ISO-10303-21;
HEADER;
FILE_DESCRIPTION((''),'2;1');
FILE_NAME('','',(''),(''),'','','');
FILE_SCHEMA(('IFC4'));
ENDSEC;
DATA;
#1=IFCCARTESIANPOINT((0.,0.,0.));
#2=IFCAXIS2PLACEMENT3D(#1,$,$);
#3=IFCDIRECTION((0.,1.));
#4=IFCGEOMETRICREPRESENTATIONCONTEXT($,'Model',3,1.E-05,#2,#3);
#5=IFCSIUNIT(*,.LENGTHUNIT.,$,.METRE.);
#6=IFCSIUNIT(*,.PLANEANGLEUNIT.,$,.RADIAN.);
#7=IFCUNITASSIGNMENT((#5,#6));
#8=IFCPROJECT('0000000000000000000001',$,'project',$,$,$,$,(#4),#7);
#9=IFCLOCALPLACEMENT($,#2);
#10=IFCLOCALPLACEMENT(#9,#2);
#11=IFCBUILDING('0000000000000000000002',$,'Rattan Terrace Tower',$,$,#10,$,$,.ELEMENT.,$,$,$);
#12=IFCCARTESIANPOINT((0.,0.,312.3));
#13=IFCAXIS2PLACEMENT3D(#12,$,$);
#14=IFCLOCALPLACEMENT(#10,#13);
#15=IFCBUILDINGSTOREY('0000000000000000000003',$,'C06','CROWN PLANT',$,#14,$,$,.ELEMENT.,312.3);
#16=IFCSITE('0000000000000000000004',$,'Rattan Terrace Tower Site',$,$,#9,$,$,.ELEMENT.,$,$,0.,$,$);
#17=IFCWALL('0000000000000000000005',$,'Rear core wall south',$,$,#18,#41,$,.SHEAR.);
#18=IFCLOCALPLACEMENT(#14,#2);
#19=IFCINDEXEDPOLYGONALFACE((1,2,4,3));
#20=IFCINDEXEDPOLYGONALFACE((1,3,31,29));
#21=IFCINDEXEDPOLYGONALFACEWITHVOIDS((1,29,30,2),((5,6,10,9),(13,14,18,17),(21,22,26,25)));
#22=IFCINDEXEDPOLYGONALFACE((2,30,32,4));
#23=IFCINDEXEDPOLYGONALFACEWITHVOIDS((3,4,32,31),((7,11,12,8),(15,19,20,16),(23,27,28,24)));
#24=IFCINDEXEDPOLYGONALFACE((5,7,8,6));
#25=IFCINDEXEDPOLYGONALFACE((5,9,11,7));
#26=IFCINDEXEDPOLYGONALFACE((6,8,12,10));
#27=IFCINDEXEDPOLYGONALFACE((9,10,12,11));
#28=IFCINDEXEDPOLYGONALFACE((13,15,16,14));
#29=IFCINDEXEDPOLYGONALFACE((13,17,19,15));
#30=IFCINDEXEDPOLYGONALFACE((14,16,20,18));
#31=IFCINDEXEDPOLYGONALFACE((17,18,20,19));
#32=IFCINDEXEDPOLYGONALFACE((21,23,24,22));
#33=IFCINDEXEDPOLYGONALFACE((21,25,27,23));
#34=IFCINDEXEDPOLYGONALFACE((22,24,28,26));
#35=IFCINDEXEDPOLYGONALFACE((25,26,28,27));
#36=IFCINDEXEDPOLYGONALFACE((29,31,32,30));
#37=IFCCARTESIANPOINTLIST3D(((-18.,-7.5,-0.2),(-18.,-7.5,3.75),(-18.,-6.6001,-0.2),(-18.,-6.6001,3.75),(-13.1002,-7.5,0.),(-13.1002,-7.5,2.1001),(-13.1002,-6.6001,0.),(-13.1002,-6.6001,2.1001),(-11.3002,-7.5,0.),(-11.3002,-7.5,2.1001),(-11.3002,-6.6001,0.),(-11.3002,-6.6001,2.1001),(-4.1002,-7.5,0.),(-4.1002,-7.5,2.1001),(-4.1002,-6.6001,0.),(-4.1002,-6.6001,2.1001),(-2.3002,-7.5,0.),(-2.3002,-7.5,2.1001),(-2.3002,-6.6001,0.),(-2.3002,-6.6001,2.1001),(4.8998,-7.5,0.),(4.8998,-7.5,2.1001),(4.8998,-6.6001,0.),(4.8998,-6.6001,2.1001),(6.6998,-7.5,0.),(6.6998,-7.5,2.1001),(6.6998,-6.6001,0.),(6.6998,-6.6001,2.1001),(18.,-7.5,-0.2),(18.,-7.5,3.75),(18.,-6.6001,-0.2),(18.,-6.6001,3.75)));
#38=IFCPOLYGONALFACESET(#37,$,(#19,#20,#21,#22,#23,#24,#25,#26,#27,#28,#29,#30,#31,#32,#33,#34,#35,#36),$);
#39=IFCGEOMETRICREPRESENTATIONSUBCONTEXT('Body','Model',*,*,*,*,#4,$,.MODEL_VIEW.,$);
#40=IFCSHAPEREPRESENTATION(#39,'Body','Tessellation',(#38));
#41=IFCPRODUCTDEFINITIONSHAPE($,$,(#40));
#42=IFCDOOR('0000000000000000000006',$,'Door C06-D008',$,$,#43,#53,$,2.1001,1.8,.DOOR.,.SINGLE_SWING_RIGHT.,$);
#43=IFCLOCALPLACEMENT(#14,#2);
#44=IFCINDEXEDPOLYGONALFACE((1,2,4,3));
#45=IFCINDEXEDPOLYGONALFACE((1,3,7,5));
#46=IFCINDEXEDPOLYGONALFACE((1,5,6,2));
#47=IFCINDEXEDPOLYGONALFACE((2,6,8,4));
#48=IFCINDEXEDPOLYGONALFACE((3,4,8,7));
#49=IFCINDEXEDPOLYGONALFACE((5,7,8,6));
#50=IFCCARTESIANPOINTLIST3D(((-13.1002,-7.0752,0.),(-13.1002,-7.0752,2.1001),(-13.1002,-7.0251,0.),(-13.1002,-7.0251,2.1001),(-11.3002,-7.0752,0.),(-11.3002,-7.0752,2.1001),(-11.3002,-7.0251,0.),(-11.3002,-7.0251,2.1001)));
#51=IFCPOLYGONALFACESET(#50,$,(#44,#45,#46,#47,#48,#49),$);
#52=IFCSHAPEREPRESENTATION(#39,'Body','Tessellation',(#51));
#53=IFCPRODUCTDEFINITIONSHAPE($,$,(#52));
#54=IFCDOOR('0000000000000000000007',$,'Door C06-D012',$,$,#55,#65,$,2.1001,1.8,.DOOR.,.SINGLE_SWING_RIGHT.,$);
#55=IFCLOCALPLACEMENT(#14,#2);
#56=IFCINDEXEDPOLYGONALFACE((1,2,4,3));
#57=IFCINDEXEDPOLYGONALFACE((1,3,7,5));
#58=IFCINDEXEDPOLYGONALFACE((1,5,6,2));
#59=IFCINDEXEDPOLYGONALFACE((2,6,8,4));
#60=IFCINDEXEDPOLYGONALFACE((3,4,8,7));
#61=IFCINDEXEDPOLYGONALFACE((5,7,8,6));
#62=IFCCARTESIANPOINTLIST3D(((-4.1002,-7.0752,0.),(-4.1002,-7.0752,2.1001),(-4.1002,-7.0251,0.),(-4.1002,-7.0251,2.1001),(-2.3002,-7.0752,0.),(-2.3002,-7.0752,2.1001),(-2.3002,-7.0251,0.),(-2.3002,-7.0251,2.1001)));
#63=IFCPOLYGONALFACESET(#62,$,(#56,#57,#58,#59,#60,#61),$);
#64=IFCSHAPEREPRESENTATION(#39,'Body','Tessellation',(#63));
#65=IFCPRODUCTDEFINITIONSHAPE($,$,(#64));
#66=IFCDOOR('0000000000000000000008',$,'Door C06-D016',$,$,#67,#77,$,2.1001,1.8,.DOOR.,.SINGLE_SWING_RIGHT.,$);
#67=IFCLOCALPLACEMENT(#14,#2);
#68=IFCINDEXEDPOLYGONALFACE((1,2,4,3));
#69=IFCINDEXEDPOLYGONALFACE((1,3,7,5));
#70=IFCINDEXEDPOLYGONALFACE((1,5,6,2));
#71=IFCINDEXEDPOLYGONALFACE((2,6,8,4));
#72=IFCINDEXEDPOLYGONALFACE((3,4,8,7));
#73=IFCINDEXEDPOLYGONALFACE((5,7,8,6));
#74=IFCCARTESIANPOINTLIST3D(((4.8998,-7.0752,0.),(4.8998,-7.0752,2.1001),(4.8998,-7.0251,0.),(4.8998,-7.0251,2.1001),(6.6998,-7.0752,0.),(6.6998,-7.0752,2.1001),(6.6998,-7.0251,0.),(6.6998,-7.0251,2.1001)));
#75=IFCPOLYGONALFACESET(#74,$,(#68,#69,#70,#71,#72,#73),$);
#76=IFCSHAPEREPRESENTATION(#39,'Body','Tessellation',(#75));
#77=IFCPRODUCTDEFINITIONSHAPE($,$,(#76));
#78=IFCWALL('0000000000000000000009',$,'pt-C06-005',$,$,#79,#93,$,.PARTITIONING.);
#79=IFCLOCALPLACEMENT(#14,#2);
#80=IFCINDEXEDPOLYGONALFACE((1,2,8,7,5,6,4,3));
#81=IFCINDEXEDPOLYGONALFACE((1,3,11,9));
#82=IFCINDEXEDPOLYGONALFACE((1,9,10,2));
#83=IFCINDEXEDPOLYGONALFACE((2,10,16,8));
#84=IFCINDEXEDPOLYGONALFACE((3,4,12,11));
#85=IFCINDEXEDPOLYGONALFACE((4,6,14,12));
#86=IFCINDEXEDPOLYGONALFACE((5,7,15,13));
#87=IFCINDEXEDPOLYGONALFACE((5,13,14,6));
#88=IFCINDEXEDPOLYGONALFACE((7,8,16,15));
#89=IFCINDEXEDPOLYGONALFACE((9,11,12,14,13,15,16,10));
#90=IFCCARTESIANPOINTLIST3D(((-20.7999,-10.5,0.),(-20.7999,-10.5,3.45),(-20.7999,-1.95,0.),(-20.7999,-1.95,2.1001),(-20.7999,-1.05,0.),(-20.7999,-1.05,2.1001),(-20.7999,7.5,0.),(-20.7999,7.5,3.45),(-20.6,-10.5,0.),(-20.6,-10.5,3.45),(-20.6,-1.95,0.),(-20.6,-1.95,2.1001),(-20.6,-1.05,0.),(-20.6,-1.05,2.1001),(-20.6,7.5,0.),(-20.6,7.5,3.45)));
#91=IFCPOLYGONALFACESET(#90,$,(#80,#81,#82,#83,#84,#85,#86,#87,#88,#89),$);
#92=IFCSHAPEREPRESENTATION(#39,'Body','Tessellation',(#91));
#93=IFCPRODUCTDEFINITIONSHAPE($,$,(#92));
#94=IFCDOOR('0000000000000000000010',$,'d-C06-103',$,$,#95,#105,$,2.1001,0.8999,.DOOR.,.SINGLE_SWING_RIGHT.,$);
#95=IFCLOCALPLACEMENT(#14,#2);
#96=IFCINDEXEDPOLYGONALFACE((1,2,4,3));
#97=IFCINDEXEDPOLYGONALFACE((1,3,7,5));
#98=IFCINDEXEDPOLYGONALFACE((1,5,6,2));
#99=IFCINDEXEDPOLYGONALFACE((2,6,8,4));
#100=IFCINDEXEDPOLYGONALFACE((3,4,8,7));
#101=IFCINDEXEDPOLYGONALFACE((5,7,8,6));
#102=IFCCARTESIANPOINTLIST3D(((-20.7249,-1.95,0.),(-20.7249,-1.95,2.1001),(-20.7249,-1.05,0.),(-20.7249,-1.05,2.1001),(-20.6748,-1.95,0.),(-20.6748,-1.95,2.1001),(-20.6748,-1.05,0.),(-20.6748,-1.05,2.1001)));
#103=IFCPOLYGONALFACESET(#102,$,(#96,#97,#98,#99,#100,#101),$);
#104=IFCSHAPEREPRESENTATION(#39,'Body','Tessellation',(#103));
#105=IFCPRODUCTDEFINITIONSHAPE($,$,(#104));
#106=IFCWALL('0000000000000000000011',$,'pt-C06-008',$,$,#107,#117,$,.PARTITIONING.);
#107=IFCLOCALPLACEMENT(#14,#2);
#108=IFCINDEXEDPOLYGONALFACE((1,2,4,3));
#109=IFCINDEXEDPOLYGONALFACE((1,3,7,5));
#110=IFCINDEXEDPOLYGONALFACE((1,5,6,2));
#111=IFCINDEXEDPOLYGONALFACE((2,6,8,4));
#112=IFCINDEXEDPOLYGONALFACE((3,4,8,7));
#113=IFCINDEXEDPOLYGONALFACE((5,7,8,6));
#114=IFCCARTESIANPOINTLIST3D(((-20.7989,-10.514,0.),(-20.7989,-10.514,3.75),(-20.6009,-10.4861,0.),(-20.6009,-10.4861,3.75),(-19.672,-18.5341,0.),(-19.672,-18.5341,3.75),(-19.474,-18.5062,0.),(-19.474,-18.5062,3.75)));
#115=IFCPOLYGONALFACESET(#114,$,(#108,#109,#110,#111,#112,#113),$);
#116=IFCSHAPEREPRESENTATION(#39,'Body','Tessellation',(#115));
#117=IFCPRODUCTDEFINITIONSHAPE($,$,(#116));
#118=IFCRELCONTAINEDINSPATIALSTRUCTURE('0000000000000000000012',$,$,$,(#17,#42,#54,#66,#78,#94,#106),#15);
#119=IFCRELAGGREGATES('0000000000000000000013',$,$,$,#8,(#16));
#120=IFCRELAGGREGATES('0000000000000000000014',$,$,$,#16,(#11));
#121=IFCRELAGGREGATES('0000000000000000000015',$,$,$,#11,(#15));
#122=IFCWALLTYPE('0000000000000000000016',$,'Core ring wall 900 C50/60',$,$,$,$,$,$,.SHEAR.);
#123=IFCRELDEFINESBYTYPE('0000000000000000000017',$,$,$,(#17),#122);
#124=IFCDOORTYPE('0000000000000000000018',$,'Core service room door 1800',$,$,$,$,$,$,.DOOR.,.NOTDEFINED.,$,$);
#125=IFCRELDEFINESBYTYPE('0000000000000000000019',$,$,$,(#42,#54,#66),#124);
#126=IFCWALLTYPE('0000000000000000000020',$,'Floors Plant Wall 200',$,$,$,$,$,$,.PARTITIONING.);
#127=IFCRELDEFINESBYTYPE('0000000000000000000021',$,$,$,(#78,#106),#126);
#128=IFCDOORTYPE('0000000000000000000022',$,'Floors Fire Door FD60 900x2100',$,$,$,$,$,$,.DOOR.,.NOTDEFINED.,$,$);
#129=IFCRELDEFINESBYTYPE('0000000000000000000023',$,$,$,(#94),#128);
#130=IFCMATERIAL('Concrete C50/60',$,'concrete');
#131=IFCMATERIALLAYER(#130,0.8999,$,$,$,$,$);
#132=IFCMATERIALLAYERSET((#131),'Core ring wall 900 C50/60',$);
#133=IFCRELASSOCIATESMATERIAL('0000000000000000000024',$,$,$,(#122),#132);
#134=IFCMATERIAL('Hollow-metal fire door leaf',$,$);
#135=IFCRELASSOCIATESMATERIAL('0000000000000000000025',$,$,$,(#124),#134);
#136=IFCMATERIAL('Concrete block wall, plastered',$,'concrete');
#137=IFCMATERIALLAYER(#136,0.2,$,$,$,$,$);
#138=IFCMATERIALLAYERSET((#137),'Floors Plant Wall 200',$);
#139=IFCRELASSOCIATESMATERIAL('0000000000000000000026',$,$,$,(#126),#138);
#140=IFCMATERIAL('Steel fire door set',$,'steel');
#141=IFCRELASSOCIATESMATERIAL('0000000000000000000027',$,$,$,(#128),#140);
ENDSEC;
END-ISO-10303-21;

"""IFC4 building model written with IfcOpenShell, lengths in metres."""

from ifc_helpers import new_model, si_unit, direction, frame, frame_2d, origin, place, context, subcontext, project, spatial, rectangle, extrude, material, layer, layer_set, type_object, element, fill, save


model = new_model("IFC4")

# Units and contexts
model_context = context("Model", 3, precision=1e-05, world=origin(), true_north=direction((0.0, 1.0)))
body_context = subcontext(model_context, "Body", "Model", "MODEL_VIEW")
ifc_project = project(units=[si_unit("LENGTHUNIT", "METRE"), si_unit("PLANEANGLEUNIT", "RADIAN")], contexts=[model_context])

# Site, building, storey
site_placement = place(None, origin())
site = spatial("IfcSite", under=ifc_project, at=site_placement, Name="Rattan Terrace Tower Site", CompositionType="ELEMENT", RefElevation=0.0)
building_placement = place(site_placement, origin())
building = spatial("IfcBuilding", under=site, at=building_placement, Name="Rattan Terrace Tower", CompositionType="ELEMENT")
storey_placement = place(building_placement, frame((0.0, 0.0, 312.3)))
storey = spatial("IfcBuildingStorey", under=building, at=storey_placement, Name="C06", Description="CROWN PLANT", CompositionType="ELEMENT", Elevation=312.3)

# Wall, openings, doors
ifc_material_1 = material(Name="Concrete C50/60", Category="concrete")
ifc_layer_1 = layer(ifc_material_1, 0.8999)
ifc_layer_set_1 = layer_set([ifc_layer_1], Name="Core ring wall 900 C50/60")
wall_type_1 = type_object("IfcWallType", Name="Core ring wall 900 C50/60", PredefinedType="SHEAR", material=ifc_layer_set_1)
wall_1_placement = place(storey_placement, frame((-18.0, -7.05, -0.2), z_axis=(0.0, 0.0, 1.0), x_axis=(1.0, 0.0, 0.0)))
wall_1 = element("IfcWall", 1, at=wall_1_placement, inside=storey, type_object=wall_type_1, Name="Rear core wall south", PredefinedType="SHEAR", context=body_context, shape_type="SweptSolid", body=[
    extrude(rectangle(XDim=36.0, YDim=0.8999, at=frame_2d((18.0, 0.0))), origin(), (0.0, 0.0, 1.0), 3.95),
])
opening_1_placement = place(wall_1_placement, frame((4.8999, 0.0, 0.2)))
opening_1 = element("IfcOpeningElement", 2, at=opening_1_placement, cuts=wall_1, PredefinedType="OPENING", context=body_context, shape_type="SweptSolid", body=[
    extrude(rectangle(XDim=1.8, YDim=2.1001, at=frame_2d((0.8999, 1.05))), frame((0.0, 0.4604, 0.0), z_axis=(0.0, -1.0, 0.0), x_axis=(1.0, 0.0, 0.0)), (0.0, 0.0, 1.0), 0.9209),
])
opening_2_placement = place(wall_1_placement, frame((13.8999, 0.0, 0.2)))
opening_2 = element("IfcOpeningElement", 3, at=opening_2_placement, cuts=wall_1, PredefinedType="OPENING", context=body_context, shape_type="SweptSolid", body=[
    extrude(rectangle(XDim=1.8, YDim=2.1001, at=frame_2d((0.8999, 1.05))), frame((0.0, 0.4604, 0.0), z_axis=(0.0, -1.0, 0.0), x_axis=(1.0, 0.0, 0.0)), (0.0, 0.0, 1.0), 0.9209),
])
opening_3_placement = place(wall_1_placement, frame((22.8999, 0.0, 0.2)))
opening_3 = element("IfcOpeningElement", 4, at=opening_3_placement, cuts=wall_1, PredefinedType="OPENING", context=body_context, shape_type="SweptSolid", body=[
    extrude(rectangle(XDim=1.8, YDim=2.1001, at=frame_2d((0.8999, 1.05))), frame((0.0, 0.4604, 0.0), z_axis=(0.0, -1.0, 0.0), x_axis=(1.0, 0.0, 0.0)), (0.0, 0.0, 1.0), 0.9209),
])
ifc_material_2 = material(Name="Hollow-metal fire door leaf")
door_type_1 = type_object("IfcDoorType", Name="Core service room door 1800", OperationType="NOTDEFINED", PredefinedType="DOOR", material=ifc_material_2)
door_1_placement = place(opening_1_placement, origin())
door_1 = element("IfcDoor", 5, at=door_1_placement, inside=storey, type_object=door_type_1, Name="Door C06-D008", OperationType="SINGLE_SWING_RIGHT", OverallHeight=2.1001, OverallWidth=1.8, PredefinedType="DOOR", context=body_context, shape_type="SweptSolid", body=[
    extrude(rectangle(XDim=1.8, YDim=2.1001, at=frame_2d((0.8999, 1.05))), frame((0.0, 0.0249, 0.0), z_axis=(0.0, -1.0, 0.0), x_axis=(1.0, 0.0, 0.0)), (0.0, 0.0, 1.0), 0.05),
])
fill(opening_1, door_1)
door_2_placement = place(opening_2_placement, origin())
door_2 = element("IfcDoor", 6, at=door_2_placement, inside=storey, type_object=door_type_1, Name="Door C06-D012", OperationType="SINGLE_SWING_RIGHT", OverallHeight=2.1001, OverallWidth=1.8, PredefinedType="DOOR", context=body_context, shape_type="SweptSolid", body=[
    extrude(rectangle(XDim=1.8, YDim=2.1001, at=frame_2d((0.8999, 1.05))), frame((0.0, 0.0249, 0.0), z_axis=(0.0, -1.0, 0.0), x_axis=(1.0, 0.0, 0.0)), (0.0, 0.0, 1.0), 0.05),
])
fill(opening_2, door_2)
door_3_placement = place(opening_3_placement, origin())
door_3 = element("IfcDoor", 7, at=door_3_placement, inside=storey, type_object=door_type_1, Name="Door C06-D016", OperationType="SINGLE_SWING_RIGHT", OverallHeight=2.1001, OverallWidth=1.8, PredefinedType="DOOR", context=body_context, shape_type="SweptSolid", body=[
    extrude(rectangle(XDim=1.8, YDim=2.1001, at=frame_2d((0.8999, 1.05))), frame((0.0, 0.0249, 0.0), z_axis=(0.0, -1.0, 0.0), x_axis=(1.0, 0.0, 0.0)), (0.0, 0.0, 1.0), 0.05),
])
fill(opening_3, door_3)

# Wall, opening, door
ifc_material_3 = material(Name="Concrete block wall, plastered", Category="concrete")
ifc_layer_2 = layer(ifc_material_3, 0.2)
ifc_layer_set_2 = layer_set([ifc_layer_2], Name="Floors Plant Wall 200")
wall_type_2 = type_object("IfcWallType", Name="Floors Plant Wall 200", PredefinedType="PARTITIONING", material=ifc_layer_set_2)
wall_2_placement = place(storey_placement, frame((-20.7, -10.5, 0.0), z_axis=(0.0, 0.0, 1.0), x_axis=(0.0, 1.0, 0.0)))
wall_2 = element("IfcWall", 8, at=wall_2_placement, inside=storey, type_object=wall_type_2, Name="pt-C06-005", PredefinedType="PARTITIONING", context=body_context, shape_type="SweptSolid", body=[
    extrude(rectangle(XDim=18.0, YDim=0.2, at=frame_2d((9.0, 0.0))), origin(), (0.0, 0.0, 1.0), 3.45),
])
opening_4_placement = place(wall_2_placement, frame((8.55, 0.0, 0.0)))
opening_4 = element("IfcOpeningElement", 9, at=opening_4_placement, cuts=wall_2, PredefinedType="OPENING", context=body_context, shape_type="SweptSolid", body=[
    extrude(rectangle(XDim=0.8999, YDim=2.1001, at=frame_2d((0.45, 1.05))), frame((0.0, 0.1106, 0.0), z_axis=(0.0, -1.0, 0.0), x_axis=(1.0, 0.0, 0.0)), (0.0, 0.0, 1.0), 0.2209),
])
ifc_material_4 = material(Name="Steel fire door set", Category="steel")
door_type_2 = type_object("IfcDoorType", Name="Floors Fire Door FD60 900x2100", OperationType="NOTDEFINED", PredefinedType="DOOR", material=ifc_material_4)
door_4_placement = place(opening_4_placement, origin())
door_4 = element("IfcDoor", 10, at=door_4_placement, inside=storey, type_object=door_type_2, Name="d-C06-103", OperationType="SINGLE_SWING_RIGHT", OverallHeight=2.1001, OverallWidth=0.8999, PredefinedType="DOOR", context=body_context, shape_type="SweptSolid", body=[
    extrude(rectangle(XDim=0.8999, YDim=2.1001, at=frame_2d((0.45, 1.05))), frame((0.0, 0.0249, 0.0), z_axis=(0.0, -1.0, 0.0), x_axis=(1.0, 0.0, 0.0)), (0.0, 0.0, 1.0), 0.05),
])
fill(opening_4, door_4)

# Wall
wall_3_placement = place(storey_placement, frame((-19.573, -18.52, 0.0), z_axis=(0.0, 0.0, 1.0), x_axis=(-0.13915, 0.990271, 0.0)))
element("IfcWall", 11, at=wall_3_placement, inside=storey, type_object=wall_type_2, Name="pt-C06-008", PredefinedType="PARTITIONING", context=body_context, shape_type="SweptSolid", body=[
    extrude(rectangle(XDim=8.0989, YDim=0.2, at=frame_2d((4.0493, 0.0))), origin(), (0.0, 0.0, 1.0), 3.75),
])

save(model, "model.ifc")
